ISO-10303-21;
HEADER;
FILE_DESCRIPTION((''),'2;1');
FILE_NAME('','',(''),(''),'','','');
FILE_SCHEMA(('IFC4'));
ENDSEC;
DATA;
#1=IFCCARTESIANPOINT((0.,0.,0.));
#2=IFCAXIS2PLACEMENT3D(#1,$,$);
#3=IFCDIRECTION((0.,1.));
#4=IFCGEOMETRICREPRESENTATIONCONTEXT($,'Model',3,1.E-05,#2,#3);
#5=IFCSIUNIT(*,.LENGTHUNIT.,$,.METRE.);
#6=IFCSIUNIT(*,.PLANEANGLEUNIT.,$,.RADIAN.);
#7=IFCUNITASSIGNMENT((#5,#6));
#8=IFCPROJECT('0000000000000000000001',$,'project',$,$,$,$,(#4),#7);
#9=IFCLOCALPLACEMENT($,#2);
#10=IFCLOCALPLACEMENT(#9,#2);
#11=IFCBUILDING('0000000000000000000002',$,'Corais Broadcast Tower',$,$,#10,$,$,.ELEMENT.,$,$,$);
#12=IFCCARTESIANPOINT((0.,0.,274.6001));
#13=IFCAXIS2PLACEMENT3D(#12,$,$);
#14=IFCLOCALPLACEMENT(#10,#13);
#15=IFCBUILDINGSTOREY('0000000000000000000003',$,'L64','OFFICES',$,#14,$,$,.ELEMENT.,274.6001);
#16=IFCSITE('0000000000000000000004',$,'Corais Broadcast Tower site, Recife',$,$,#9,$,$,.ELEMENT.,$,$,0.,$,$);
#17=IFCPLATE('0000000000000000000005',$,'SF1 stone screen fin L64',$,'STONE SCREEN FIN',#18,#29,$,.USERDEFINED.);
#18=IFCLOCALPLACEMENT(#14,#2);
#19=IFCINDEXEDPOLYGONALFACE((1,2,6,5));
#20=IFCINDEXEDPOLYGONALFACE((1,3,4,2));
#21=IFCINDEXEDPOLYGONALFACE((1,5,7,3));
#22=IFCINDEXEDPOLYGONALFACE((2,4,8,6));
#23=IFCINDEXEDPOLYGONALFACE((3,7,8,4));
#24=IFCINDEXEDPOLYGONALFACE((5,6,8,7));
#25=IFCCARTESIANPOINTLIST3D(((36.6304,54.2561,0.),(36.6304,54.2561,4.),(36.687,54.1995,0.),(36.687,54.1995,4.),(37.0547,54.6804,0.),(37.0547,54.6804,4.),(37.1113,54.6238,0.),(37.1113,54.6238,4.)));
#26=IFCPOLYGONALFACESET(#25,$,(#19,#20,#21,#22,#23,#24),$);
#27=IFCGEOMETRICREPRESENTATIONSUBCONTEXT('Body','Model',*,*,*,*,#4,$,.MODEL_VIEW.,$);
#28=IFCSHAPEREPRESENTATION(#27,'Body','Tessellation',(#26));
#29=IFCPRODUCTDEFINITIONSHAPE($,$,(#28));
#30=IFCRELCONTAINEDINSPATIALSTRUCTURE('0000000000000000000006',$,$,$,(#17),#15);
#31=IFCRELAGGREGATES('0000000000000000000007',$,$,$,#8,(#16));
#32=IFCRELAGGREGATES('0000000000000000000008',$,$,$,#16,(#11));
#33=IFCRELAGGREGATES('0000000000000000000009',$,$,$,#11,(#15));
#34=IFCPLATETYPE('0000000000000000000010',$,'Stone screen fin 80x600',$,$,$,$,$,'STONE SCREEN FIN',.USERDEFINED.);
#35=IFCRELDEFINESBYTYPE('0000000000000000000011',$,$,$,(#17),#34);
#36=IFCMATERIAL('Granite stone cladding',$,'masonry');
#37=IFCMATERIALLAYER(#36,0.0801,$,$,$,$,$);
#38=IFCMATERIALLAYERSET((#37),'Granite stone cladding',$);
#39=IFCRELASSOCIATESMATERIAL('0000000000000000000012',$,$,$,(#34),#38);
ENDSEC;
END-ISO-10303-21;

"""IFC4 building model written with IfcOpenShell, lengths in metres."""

from ifc_helpers import new_model, si_unit, direction, frame, origin, origin_2d, place, context, subcontext, project, spatial, rectangle, extrude, material, layer, layer_set, type_object, element, save


model = new_model("IFC4")

# Units and contexts
model_context = context("Model", 3, precision=1e-05, world=origin(), true_north=direction((0.0, 1.0)))
body_context = subcontext(model_context, "Body", "Model", "MODEL_VIEW")
ifc_project = project(units=[si_unit("LENGTHUNIT", "METRE"), si_unit("PLANEANGLEUNIT", "RADIAN")], contexts=[model_context])

# Site, building, storey
site_placement = place(None, origin())
site = spatial("IfcSite", under=ifc_project, at=site_placement, Name="Corais Broadcast Tower site, Recife", CompositionType="ELEMENT", RefElevation=0.0)
building_placement = place(site_placement, origin())
building = spatial("IfcBuilding", under=site, at=building_placement, Name="Corais Broadcast Tower", CompositionType="ELEMENT")
storey_placement = place(building_placement, frame((0.0, 0.0, 274.6001)))
storey = spatial("IfcBuildingStorey", under=building, at=storey_placement, Name="L64", Description="OFFICES", CompositionType="ELEMENT", Elevation=274.6001)

# Plate
ifc_material_1 = material(Name="Granite stone cladding", Category="masonry")
ifc_layer_1 = layer(ifc_material_1, 0.0801)
ifc_layer_set_1 = layer_set([ifc_layer_1], Name="Granite stone cladding")
plate_type_1 = type_object("IfcPlateType", Name="Stone screen fin 80x600", ElementType="STONE SCREEN FIN", PredefinedType="USERDEFINED", material=ifc_layer_set_1)
plate_1_placement = place(storey_placement, frame((36.8708, 54.4399, 0.0), z_axis=(0.0, 0.0, 1.0), x_axis=(0.707107, -0.707107, 0.0)))
element("IfcPlate", 1, at=plate_1_placement, inside=storey, type_object=plate_type_1, Name="SF1 stone screen fin L64", ObjectType="STONE SCREEN FIN", PredefinedType="USERDEFINED", context=body_context, shape_type="SweptSolid", body=[
    extrude(rectangle(XDim=0.0801, YDim=0.6001, at=origin_2d()), origin(), (0.0, 0.0, 1.0), 4.0),
])

save(model, "model.ifc")
